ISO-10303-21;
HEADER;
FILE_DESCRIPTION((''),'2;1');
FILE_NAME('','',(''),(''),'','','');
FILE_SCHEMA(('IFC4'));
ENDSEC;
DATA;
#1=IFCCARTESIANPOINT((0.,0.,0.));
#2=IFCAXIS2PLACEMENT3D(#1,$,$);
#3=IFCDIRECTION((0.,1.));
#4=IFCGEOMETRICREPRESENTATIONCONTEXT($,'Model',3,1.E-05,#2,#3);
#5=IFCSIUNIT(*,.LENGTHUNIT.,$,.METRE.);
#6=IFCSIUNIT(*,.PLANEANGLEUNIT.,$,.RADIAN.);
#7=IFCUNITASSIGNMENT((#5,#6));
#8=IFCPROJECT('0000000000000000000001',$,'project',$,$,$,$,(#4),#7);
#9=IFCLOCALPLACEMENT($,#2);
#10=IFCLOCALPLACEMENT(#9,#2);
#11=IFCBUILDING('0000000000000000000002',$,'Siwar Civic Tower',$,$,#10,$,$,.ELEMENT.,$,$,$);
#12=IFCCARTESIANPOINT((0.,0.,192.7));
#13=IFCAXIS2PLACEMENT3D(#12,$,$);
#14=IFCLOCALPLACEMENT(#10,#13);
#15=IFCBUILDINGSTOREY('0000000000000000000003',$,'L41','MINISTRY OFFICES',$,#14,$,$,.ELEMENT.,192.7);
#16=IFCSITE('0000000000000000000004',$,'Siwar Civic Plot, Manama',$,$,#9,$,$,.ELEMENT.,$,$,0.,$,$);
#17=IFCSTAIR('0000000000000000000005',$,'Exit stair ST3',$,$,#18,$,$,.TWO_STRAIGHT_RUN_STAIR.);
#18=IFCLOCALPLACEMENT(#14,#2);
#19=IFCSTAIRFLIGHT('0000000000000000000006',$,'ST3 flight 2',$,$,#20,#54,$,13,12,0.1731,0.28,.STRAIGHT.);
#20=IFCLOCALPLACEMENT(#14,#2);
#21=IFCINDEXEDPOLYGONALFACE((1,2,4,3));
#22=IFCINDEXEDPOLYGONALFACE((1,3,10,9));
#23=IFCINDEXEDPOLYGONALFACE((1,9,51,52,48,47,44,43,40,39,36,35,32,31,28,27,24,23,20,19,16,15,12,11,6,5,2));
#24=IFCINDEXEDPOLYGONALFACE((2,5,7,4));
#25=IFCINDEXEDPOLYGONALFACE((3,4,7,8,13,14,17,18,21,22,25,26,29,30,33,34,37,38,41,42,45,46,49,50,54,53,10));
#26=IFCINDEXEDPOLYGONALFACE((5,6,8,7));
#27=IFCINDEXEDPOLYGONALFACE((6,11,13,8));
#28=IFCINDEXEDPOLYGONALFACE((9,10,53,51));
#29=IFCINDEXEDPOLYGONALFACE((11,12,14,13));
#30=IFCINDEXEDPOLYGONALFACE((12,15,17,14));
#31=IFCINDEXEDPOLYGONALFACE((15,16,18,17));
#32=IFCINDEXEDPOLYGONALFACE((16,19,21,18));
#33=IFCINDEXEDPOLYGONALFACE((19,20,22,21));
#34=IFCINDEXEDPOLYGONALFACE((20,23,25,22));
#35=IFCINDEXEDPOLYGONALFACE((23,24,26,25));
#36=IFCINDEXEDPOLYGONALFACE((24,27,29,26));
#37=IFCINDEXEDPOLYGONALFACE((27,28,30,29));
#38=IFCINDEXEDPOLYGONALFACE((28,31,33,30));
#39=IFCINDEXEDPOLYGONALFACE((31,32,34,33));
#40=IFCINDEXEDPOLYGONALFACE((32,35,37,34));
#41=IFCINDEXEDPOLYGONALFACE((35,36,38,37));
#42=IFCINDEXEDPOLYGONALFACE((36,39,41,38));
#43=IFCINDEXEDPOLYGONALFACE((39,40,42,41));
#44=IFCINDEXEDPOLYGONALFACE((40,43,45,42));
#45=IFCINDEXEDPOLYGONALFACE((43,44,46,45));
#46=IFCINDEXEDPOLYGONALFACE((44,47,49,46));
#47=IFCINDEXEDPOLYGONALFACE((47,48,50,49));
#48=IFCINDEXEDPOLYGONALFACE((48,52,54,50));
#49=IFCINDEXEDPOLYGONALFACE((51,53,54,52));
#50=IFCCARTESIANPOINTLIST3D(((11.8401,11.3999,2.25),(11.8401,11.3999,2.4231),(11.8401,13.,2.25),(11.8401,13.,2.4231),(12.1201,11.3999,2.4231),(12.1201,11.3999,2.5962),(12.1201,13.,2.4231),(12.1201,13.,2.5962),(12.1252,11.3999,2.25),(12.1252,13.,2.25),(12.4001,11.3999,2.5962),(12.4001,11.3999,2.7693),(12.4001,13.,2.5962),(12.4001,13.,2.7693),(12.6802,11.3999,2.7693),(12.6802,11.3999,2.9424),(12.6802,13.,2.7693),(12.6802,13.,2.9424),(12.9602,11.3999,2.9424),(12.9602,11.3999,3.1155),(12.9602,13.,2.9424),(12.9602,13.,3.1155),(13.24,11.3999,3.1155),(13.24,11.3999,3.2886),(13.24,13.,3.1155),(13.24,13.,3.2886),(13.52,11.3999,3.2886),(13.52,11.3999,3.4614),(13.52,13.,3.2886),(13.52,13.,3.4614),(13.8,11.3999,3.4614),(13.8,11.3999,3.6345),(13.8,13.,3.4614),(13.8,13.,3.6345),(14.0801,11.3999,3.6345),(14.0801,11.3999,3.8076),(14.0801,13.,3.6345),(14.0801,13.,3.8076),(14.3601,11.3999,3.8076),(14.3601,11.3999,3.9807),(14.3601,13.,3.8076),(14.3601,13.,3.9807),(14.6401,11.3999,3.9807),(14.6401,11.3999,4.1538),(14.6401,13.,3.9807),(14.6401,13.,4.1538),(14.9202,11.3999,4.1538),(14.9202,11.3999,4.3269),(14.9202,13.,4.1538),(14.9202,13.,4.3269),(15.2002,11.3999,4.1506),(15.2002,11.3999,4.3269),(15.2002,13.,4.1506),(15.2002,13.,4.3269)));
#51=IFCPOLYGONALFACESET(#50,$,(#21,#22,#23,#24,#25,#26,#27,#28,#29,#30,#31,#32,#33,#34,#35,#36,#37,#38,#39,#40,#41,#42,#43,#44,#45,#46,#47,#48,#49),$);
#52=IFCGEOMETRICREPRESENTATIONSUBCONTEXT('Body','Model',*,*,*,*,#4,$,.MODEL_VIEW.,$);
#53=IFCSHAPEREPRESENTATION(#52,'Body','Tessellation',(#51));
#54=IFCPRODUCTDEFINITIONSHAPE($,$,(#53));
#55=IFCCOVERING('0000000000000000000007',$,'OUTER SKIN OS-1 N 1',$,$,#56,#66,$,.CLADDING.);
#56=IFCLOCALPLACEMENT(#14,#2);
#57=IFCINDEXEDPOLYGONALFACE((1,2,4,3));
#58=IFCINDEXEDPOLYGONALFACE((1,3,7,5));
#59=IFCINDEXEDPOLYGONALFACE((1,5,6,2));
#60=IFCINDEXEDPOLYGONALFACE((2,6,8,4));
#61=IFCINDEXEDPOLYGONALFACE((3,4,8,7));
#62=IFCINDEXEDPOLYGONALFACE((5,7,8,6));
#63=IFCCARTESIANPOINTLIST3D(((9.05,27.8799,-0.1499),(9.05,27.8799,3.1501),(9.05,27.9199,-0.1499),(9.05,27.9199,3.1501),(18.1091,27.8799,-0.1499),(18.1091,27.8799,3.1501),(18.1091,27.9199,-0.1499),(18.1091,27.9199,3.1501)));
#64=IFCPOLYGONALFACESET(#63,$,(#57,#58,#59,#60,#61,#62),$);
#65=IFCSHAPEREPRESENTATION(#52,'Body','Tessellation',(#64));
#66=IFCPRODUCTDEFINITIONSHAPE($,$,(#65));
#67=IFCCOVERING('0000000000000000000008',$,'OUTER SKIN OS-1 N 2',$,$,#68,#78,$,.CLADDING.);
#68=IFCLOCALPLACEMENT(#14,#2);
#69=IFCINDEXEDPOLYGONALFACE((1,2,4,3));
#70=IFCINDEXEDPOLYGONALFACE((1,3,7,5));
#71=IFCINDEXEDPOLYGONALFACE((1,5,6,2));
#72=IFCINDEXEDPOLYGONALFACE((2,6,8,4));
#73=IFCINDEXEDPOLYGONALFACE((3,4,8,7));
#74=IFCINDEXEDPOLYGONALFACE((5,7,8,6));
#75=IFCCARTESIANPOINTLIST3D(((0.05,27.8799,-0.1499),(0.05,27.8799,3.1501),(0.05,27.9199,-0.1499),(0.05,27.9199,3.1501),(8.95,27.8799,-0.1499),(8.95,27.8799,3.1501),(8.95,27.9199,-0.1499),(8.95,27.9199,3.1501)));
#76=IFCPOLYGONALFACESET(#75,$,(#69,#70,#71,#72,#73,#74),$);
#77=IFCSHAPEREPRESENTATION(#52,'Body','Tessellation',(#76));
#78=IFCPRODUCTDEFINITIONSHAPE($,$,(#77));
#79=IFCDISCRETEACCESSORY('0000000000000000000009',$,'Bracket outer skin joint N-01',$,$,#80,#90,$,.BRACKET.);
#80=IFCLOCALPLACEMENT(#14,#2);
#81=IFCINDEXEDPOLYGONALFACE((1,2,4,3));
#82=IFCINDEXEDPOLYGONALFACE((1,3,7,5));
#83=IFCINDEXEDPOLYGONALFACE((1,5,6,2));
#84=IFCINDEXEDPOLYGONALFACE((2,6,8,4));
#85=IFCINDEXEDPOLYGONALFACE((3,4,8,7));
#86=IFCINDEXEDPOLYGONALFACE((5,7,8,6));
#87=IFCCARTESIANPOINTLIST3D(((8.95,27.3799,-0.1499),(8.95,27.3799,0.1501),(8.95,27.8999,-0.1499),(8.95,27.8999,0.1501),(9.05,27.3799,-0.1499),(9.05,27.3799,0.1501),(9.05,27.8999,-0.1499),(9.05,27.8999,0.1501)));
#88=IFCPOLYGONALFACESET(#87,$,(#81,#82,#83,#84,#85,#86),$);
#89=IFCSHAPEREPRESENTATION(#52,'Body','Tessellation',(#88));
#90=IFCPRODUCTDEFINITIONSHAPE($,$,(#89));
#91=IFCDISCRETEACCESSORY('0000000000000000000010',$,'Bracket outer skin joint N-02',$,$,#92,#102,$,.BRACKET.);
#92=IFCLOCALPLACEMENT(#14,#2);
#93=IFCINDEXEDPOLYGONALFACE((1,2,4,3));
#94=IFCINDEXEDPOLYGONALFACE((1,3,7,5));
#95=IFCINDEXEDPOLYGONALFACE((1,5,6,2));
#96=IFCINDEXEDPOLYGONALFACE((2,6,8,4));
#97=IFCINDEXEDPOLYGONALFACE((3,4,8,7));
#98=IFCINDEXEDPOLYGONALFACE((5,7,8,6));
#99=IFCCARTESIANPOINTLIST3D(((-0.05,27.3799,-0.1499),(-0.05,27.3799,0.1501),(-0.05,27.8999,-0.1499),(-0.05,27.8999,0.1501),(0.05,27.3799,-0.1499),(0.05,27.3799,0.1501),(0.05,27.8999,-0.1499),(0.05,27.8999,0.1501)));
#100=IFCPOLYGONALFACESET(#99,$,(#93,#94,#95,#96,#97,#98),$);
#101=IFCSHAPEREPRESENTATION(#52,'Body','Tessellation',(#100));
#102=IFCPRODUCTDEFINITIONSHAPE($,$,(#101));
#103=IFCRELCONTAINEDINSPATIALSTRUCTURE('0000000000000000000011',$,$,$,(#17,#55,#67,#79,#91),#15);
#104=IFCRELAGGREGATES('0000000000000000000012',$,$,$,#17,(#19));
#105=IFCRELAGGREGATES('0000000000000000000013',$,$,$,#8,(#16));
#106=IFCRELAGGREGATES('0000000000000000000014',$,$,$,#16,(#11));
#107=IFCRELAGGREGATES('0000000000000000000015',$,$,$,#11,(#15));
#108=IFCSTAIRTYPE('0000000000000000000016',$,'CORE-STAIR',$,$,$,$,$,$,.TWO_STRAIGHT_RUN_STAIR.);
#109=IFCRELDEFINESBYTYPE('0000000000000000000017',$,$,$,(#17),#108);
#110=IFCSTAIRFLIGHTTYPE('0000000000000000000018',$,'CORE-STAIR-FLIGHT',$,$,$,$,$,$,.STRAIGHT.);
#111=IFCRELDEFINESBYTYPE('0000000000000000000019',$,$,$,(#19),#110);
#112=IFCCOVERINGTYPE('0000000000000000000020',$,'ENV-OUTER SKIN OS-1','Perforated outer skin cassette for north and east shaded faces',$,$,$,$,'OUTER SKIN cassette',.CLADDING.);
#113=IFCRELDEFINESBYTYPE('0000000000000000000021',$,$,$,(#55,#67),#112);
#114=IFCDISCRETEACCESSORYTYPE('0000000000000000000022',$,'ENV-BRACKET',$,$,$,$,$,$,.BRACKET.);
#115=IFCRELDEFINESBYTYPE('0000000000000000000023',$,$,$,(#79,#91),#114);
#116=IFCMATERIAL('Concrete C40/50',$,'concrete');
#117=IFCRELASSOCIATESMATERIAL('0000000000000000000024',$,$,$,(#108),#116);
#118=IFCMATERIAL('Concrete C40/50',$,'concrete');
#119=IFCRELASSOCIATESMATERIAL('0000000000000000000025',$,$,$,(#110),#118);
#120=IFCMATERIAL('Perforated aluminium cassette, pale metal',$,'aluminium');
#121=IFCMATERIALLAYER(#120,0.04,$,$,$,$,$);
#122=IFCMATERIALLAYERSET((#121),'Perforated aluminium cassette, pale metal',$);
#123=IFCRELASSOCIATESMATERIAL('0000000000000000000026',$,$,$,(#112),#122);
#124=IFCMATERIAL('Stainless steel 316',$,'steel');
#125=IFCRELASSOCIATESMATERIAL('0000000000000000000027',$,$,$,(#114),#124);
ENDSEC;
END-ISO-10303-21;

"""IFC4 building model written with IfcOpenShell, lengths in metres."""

from ifc_helpers import new_model, si_unit, direction, frame, origin, origin_2d, place, context, subcontext, project, spatial, polyline, rectangle, outline, extrude, material, layer, layer_set, type_object, element, aggregate, save


model = new_model("IFC4")

# Units and contexts
model_context = context("Model", 3, precision=1e-05, world=origin(), true_north=direction((0.0, 1.0)))
body_context = subcontext(model_context, "Body", "Model", "MODEL_VIEW")
ifc_project = project(units=[si_unit("LENGTHUNIT", "METRE"), si_unit("PLANEANGLEUNIT", "RADIAN")], contexts=[model_context])

# Site, building, storey
site_placement = place(None, origin())
site = spatial("IfcSite", under=ifc_project, at=site_placement, Name="Siwar Civic Plot, Manama", CompositionType="ELEMENT", RefElevation=0.0)
building_placement = place(site_placement, origin())
building = spatial("IfcBuilding", under=site, at=building_placement, Name="Siwar Civic Tower", CompositionType="ELEMENT")
storey_placement = place(building_placement, frame((0.0, 0.0, 192.7)))
storey = spatial("IfcBuildingStorey", under=building, at=storey_placement, Name="L41", Description="MINISTRY OFFICES", CompositionType="ELEMENT", Elevation=192.7)

# Stair, stair flight
ifc_material_1 = material(Name="Concrete C40/50", Category="concrete")
stair_type = type_object("IfcStairType", Name="CORE-STAIR", PredefinedType="TWO_STRAIGHT_RUN_STAIR", material=ifc_material_1)
stair_placement = place(storey_placement, origin())
stair = element("IfcStair", 1, at=stair_placement, inside=storey, type_object=stair_type, Name="Exit stair ST3", PredefinedType="TWO_STRAIGHT_RUN_STAIR")
ifc_material_2 = material(Name="Concrete C40/50", Category="concrete")
stair_flight_type = type_object("IfcStairFlightType", Name="CORE-STAIR-FLIGHT", PredefinedType="STRAIGHT", material=ifc_material_2)
stair_flight_1_placement = place(storey_placement, frame((11.8401, 12.2, 2.25), z_axis=(0.0, 0.0, 1.0), x_axis=(1.0, 0.0, 0.0)))
stair_flight_1 = element("IfcStairFlight", 2, at=stair_flight_1_placement, type_object=stair_flight_type, Name="ST3 flight 2", NumberOfRisers=13, NumberOfTreads=12, PredefinedType="STRAIGHT", RiserHeight=0.1731, TreadLength=0.28, context=body_context, shape_type="SweptSolid", body=[
    extrude(outline(polyline([(0.0, 0.0), (0.0, 0.1731), (0.28, 0.1731), (0.28, 0.3462), (0.5601, 0.3462), (0.5601, 0.5193), (0.8401, 0.5193), (0.8401, 0.6924), (1.1201, 0.6924), (1.1201, 0.8655), (1.3999, 0.8655), (1.3999, 1.0386), (1.6799, 1.0386), (1.6799, 1.2114), (1.96, 1.2114), (1.96, 1.3845), (2.24, 1.3845), (2.24, 1.5576), (2.52, 1.5576), (2.52, 1.7307), (2.8, 1.7307), (2.8, 1.9038), (3.0801, 1.9038), (3.0801, 2.0769), (3.3601, 2.0769), (3.3601, 2.25), (3.3601, 1.9006), (0.2852, 0.0), (0.0, 0.0)])), frame((0.0, 0.8, 0.0), z_axis=(0.0, -1.0, 0.0), x_axis=(1.0, 0.0, 0.0)), (0.0, 0.0, 1.0), 1.6001),
])
aggregate(stair, [stair_flight_1])

# Coverings
ifc_material_3 = material(Name="Perforated aluminium cassette, pale metal", Category="aluminium")
ifc_layer_1 = layer(ifc_material_3, 0.04)
ifc_layer_set_1 = layer_set([ifc_layer_1], Name="Perforated aluminium cassette, pale metal")
covering_type = type_object("IfcCoveringType", Name="ENV-OUTER SKIN OS-1", Description="Perforated outer skin cassette for north and east shaded faces", ElementType="OUTER SKIN cassette", PredefinedType="CLADDING", material=ifc_layer_set_1)
covering_1_placement = place(storey_placement, frame((13.5796, 27.8999, -0.1499), z_axis=(0.0, 0.0, 1.0), x_axis=(-1.0, 0.0, 0.0)))
element("IfcCovering", 3, at=covering_1_placement, inside=storey, type_object=covering_type, Name="OUTER SKIN OS-1 N 1", PredefinedType="CLADDING", context=body_context, shape_type="SweptSolid", body=[
    extrude(rectangle(XDim=9.0591, YDim=0.04, at=origin_2d()), origin(), (0.0, 0.0, 1.0), 3.3),
])
covering_2_placement = place(storey_placement, frame((4.5, 27.8999, -0.1499), z_axis=(0.0, 0.0, 1.0), x_axis=(-1.0, 0.0, 0.0)))
element("IfcCovering", 4, at=covering_2_placement, inside=storey, type_object=covering_type, Name="OUTER SKIN OS-1 N 2", PredefinedType="CLADDING", context=body_context, shape_type="SweptSolid", body=[
    extrude(rectangle(XDim=8.8999, YDim=0.04, at=origin_2d()), origin(), (0.0, 0.0, 1.0), 3.3),
])

# Discrete accessories
ifc_material_4 = material(Name="Stainless steel 316", Category="steel")
discrete_accessory_type = type_object("IfcDiscreteAccessoryType", Name="ENV-BRACKET", PredefinedType="BRACKET", material=ifc_material_4)
for number, where, z_axis, x_axis, name in (
    (5, (9.0, 27.6399, -0.1499), (0.0, 0.0, 1.0), (0.0, 1.0, 0.0), "Bracket outer skin joint N-01"),
    (6, (0.0, 27.6399, -0.1499), (0.0, 0.0, 1.0), (0.0, 1.0, 0.0), "Bracket outer skin joint N-02"),
):
    element("IfcDiscreteAccessory", number, at=place(storey_placement, frame(where, z_axis=z_axis, x_axis=x_axis)), inside=storey, type_object=discrete_accessory_type, Name=name, PredefinedType="BRACKET", context=body_context, shape_type="SweptSolid", body=[
        extrude(rectangle(XDim=0.52, YDim=0.1001, at=origin_2d()), origin(), (0.0, 0.0, 1.0), 0.3),
    ])

save(model, "model.ifc")
